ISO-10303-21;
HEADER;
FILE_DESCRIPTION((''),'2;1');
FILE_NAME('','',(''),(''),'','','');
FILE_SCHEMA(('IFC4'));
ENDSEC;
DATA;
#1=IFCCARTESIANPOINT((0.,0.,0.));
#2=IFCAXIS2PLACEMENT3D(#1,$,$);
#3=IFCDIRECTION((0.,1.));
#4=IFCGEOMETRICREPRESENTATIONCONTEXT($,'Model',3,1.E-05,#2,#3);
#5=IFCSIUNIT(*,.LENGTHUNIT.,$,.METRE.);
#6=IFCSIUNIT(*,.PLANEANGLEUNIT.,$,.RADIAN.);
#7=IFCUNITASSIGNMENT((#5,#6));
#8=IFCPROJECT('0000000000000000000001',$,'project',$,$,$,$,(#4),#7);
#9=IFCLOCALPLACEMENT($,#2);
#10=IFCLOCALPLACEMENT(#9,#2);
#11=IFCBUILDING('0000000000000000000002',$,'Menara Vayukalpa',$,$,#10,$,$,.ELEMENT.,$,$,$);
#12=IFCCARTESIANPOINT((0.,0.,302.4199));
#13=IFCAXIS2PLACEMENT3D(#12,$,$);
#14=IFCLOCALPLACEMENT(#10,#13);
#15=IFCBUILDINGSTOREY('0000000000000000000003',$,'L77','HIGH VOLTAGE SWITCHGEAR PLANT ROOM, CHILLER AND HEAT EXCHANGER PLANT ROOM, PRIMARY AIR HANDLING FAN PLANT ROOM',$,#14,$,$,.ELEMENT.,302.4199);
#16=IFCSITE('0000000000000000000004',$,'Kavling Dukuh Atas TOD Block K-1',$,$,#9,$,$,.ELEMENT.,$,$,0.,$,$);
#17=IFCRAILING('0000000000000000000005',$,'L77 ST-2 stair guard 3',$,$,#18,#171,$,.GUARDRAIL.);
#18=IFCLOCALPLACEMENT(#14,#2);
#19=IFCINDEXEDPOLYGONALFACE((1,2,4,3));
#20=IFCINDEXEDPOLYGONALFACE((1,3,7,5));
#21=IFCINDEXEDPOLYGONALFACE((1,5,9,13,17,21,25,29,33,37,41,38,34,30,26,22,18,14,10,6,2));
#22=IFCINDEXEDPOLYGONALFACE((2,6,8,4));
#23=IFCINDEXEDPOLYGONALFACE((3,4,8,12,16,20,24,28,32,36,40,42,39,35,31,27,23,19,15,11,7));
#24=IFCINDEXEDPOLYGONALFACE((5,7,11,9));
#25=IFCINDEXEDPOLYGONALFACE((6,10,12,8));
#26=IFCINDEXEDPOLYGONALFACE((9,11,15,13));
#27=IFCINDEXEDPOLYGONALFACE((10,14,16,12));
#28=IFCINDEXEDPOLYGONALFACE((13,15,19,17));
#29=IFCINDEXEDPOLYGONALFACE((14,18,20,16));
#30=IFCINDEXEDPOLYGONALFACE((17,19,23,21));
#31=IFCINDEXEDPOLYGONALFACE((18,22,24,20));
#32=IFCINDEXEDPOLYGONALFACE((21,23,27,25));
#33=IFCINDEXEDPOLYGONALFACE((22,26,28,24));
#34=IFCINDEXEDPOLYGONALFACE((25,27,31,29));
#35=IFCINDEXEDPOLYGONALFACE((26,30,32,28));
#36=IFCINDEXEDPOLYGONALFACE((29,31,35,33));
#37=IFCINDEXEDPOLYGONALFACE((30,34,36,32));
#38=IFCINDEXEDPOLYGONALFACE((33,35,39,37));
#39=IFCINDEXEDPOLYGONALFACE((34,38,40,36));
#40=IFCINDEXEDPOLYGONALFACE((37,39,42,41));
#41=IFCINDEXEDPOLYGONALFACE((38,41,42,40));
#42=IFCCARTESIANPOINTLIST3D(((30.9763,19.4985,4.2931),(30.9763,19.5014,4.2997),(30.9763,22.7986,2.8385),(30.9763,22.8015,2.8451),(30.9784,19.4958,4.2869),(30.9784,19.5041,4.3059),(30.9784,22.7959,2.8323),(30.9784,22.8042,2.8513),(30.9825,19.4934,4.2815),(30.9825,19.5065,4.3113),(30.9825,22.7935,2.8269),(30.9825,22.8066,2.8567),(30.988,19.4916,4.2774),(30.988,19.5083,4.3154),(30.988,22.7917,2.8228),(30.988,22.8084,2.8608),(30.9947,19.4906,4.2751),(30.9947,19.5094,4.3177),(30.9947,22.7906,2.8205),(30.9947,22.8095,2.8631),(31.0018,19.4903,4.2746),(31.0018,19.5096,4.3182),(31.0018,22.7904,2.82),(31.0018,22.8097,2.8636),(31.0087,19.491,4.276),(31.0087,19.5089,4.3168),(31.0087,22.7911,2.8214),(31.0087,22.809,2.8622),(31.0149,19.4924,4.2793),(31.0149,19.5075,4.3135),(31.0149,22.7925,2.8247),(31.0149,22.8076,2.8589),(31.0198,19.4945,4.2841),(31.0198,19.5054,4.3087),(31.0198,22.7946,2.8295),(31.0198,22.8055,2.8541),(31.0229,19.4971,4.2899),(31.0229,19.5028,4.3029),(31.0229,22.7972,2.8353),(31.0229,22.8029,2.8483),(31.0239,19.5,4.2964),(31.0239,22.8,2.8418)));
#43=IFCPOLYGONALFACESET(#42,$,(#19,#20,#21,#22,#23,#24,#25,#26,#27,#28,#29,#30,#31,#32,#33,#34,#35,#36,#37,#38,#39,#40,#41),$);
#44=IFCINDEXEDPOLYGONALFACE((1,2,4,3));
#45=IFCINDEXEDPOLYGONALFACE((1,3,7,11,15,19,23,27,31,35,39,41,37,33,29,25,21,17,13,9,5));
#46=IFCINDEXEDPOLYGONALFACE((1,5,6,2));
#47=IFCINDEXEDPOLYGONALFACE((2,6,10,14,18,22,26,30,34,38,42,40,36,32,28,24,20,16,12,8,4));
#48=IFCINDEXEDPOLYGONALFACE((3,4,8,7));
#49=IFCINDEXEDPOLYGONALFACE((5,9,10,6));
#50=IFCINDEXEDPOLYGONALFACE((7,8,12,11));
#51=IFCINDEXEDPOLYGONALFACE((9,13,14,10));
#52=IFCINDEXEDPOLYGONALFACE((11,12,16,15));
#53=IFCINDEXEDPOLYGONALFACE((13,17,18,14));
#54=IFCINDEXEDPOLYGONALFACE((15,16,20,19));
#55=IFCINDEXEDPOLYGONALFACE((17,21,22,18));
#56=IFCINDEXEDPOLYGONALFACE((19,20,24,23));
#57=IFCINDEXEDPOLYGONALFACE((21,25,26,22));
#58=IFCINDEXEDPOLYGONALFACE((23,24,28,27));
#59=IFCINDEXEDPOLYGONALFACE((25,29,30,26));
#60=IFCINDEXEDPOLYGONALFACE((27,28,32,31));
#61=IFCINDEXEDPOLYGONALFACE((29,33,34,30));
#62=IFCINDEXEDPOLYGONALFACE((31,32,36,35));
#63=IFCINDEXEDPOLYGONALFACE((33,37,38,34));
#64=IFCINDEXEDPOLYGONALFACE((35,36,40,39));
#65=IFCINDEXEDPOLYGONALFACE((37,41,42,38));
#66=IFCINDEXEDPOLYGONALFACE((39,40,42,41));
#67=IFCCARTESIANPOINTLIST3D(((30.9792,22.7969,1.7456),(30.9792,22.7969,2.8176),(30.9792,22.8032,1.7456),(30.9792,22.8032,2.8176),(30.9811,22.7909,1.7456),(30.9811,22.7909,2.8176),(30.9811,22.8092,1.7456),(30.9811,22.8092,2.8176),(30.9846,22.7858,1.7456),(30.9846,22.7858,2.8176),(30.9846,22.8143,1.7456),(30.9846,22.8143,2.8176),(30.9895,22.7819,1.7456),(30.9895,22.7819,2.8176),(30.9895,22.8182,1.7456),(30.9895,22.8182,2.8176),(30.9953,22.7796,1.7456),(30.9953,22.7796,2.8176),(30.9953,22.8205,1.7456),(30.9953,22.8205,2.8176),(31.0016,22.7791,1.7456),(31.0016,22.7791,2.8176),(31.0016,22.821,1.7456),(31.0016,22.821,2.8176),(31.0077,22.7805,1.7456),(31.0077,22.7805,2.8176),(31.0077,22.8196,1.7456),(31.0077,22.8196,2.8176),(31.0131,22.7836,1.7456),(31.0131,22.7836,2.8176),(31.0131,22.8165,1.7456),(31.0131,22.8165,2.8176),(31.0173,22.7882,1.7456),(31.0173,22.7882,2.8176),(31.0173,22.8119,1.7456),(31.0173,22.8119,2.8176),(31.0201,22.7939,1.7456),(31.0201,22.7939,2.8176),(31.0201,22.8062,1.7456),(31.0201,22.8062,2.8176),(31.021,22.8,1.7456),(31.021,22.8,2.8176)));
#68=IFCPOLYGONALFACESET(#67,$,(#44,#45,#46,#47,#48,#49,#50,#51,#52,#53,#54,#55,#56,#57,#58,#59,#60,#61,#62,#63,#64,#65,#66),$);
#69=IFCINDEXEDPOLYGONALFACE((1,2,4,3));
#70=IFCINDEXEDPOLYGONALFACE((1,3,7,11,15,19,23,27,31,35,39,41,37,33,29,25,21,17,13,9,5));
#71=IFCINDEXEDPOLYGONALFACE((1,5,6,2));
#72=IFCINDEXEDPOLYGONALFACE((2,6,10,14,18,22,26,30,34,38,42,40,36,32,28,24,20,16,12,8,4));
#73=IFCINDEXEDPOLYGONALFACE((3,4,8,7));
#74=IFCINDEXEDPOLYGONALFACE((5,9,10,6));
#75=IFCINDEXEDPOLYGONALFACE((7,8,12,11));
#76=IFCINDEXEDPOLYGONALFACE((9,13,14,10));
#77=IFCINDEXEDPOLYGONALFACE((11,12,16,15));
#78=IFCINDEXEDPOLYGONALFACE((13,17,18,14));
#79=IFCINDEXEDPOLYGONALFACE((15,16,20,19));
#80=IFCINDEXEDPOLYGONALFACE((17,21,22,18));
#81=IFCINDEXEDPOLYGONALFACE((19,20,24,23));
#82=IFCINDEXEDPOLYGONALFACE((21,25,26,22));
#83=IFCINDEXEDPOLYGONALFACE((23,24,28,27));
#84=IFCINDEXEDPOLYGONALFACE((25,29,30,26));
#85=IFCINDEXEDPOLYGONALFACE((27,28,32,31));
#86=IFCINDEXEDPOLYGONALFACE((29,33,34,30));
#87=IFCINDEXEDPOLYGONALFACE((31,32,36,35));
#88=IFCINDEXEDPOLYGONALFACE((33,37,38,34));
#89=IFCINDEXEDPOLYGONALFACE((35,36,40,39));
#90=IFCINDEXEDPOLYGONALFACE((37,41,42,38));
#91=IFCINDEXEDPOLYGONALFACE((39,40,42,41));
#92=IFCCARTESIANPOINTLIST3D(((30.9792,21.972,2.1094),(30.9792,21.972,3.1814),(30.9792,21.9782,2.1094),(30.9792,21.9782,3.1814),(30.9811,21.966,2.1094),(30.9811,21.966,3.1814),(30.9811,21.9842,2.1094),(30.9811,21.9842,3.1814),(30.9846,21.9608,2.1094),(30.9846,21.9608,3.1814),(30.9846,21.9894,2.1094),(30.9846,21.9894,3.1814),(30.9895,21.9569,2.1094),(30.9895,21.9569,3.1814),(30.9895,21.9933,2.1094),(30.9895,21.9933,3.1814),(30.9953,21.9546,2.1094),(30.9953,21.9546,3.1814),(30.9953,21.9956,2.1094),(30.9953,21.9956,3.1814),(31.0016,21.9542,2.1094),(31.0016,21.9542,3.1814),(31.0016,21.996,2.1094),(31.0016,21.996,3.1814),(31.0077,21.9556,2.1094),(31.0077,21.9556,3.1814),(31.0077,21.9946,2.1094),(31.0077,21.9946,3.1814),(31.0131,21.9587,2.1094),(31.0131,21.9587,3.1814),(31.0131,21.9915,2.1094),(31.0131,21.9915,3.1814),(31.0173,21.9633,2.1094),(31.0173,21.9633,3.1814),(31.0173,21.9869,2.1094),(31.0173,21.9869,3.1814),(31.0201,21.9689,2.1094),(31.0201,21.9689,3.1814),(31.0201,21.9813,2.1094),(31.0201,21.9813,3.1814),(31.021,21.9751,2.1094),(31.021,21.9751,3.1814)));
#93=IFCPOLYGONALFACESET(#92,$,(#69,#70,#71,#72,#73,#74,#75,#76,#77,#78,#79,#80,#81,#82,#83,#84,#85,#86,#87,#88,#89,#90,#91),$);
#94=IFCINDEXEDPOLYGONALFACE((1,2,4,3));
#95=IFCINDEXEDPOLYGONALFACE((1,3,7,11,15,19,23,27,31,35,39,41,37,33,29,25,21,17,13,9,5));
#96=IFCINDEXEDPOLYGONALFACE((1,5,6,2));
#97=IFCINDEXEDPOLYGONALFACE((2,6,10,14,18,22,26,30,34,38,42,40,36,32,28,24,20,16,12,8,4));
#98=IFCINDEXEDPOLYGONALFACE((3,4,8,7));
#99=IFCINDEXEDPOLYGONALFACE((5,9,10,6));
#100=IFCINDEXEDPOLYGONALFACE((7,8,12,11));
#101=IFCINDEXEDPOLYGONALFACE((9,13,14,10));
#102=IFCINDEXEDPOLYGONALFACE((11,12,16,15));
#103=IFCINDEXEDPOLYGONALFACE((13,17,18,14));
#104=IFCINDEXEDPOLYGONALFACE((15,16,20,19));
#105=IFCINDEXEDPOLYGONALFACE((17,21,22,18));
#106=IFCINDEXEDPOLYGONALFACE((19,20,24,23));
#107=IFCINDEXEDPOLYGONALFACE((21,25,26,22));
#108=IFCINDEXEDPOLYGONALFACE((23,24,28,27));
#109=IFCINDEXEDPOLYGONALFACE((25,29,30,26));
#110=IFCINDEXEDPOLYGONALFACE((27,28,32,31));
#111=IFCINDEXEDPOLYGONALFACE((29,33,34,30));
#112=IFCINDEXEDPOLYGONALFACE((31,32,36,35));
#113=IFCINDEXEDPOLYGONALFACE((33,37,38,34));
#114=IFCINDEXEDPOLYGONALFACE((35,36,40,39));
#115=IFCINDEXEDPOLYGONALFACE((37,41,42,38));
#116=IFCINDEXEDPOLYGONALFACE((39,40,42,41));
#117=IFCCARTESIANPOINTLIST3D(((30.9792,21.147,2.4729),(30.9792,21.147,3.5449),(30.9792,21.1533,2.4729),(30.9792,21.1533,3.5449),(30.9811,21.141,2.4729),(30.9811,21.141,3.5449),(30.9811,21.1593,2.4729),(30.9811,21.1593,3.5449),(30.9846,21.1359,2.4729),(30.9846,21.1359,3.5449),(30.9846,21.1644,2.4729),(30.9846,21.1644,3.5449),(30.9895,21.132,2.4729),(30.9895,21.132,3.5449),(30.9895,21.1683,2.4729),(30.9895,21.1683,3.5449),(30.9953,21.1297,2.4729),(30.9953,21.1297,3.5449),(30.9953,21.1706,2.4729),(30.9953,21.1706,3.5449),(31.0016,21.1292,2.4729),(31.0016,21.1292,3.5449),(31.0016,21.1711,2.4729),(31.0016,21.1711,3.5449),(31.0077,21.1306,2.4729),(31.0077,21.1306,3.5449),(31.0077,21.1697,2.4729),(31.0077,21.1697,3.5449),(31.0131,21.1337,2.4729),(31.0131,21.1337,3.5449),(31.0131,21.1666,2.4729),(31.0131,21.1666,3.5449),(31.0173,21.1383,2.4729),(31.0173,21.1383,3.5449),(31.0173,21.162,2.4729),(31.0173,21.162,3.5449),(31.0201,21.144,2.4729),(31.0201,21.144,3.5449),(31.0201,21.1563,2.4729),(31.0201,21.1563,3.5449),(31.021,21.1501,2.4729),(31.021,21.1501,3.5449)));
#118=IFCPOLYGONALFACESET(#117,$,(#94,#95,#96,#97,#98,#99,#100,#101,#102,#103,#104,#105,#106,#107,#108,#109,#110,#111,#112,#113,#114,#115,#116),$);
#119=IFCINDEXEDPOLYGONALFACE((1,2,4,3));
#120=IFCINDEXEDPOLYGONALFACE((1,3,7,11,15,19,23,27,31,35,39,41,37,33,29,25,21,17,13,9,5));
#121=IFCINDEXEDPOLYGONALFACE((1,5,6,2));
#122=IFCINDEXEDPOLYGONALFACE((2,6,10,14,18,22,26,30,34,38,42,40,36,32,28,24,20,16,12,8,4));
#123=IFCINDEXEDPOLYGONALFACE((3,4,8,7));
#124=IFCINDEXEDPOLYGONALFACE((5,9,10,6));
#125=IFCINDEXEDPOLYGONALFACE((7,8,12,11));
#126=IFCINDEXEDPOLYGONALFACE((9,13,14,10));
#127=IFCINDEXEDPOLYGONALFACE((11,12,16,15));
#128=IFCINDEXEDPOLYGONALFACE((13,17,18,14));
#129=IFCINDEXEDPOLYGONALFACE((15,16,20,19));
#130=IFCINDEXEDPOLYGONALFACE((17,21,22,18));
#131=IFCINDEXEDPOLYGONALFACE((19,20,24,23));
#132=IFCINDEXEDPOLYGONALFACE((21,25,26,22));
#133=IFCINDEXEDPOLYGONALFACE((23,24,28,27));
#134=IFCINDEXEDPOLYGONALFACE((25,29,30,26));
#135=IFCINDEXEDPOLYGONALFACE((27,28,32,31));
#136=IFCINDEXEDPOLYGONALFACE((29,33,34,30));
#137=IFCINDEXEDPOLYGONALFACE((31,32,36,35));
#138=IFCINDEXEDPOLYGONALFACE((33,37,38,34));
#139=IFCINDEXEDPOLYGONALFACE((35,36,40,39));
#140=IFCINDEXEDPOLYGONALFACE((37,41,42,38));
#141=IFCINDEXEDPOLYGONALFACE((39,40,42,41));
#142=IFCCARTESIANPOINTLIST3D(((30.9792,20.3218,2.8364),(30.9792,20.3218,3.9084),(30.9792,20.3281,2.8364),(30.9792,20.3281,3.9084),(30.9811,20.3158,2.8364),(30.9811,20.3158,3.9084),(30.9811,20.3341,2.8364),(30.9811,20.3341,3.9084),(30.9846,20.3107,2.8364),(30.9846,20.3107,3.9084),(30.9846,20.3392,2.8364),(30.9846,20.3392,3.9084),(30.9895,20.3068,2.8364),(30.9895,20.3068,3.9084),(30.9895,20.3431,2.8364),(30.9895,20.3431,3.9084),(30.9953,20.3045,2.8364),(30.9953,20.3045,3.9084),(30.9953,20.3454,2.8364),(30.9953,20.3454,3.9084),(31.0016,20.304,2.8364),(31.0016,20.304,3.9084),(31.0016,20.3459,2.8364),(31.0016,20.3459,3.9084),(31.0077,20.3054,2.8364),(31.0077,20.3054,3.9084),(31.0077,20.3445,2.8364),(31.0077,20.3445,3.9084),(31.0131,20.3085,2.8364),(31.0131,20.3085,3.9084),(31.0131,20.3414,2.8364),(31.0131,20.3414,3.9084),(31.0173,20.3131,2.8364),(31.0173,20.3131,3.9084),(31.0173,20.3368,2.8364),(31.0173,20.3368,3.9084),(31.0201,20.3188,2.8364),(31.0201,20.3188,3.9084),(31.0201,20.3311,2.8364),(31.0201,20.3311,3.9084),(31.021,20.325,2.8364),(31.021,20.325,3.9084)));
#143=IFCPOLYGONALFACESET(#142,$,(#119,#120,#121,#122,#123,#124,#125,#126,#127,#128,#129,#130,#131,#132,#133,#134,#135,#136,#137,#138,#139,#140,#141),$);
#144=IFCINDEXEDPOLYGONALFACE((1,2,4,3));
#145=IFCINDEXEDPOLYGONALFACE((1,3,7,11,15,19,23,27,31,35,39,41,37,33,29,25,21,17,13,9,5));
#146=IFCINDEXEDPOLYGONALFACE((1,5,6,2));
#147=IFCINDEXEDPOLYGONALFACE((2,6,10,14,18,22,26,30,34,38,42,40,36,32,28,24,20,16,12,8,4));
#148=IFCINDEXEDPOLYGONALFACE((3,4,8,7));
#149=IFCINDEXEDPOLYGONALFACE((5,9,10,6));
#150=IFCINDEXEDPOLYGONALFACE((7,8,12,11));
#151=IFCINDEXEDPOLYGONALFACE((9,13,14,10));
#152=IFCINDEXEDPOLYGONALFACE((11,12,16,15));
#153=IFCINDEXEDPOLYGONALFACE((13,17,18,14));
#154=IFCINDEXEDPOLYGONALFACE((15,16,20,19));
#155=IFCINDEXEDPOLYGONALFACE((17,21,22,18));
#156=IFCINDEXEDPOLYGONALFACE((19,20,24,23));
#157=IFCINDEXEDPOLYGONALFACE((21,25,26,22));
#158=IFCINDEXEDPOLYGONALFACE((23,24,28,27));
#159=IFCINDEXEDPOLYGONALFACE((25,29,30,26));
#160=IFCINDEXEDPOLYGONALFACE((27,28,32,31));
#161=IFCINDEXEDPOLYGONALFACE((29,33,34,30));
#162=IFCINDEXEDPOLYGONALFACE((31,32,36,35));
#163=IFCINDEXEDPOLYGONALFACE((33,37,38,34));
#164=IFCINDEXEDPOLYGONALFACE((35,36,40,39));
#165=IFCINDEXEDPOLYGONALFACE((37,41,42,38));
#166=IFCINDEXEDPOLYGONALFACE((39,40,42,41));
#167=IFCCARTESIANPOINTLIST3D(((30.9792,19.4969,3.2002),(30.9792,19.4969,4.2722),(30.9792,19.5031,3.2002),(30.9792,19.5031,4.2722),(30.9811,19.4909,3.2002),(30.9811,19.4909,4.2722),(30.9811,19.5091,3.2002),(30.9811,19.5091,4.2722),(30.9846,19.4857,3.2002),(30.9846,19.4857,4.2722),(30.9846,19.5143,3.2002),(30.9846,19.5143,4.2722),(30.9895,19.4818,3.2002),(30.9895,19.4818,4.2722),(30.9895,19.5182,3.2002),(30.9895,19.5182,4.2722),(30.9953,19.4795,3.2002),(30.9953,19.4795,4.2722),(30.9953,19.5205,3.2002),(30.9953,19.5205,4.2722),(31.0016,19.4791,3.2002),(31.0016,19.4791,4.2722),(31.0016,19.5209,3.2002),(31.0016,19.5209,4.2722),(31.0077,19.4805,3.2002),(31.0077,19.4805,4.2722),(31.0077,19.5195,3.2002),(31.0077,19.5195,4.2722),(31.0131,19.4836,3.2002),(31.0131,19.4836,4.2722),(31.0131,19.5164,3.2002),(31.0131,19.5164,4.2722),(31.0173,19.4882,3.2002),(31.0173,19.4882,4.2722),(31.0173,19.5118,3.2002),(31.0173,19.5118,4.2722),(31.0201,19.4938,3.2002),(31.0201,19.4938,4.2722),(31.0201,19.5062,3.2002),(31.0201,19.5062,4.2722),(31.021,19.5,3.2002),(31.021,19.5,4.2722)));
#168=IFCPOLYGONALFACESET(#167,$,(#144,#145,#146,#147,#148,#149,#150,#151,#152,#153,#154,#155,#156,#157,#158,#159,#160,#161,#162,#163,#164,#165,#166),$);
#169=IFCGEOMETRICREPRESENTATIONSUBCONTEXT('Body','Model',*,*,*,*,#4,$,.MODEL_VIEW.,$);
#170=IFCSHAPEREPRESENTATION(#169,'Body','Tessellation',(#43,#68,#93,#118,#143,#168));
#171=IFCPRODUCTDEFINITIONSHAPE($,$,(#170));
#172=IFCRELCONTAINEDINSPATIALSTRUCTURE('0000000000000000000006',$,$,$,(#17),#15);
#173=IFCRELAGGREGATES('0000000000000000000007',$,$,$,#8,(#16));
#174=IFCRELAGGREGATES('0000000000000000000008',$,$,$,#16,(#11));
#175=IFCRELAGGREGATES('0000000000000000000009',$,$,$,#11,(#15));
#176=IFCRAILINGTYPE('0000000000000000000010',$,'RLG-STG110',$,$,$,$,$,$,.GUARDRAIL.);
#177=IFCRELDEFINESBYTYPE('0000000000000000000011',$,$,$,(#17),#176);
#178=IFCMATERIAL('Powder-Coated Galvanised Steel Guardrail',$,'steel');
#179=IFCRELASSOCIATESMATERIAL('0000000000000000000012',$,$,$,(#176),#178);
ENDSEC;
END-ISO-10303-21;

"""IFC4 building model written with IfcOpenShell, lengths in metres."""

from ifc_helpers import new_model, si_unit, direction, frame, origin, origin_2d, place, context, subcontext, project, spatial, circle, extrude, material, type_object, element, save


model = new_model("IFC4")

# Units and contexts
model_context = context("Model", 3, precision=1e-05, world=origin(), true_north=direction((0.0, 1.0)))
body_context = subcontext(model_context, "Body", "Model", "MODEL_VIEW")
ifc_project = project(units=[si_unit("LENGTHUNIT", "METRE"), si_unit("PLANEANGLEUNIT", "RADIAN")], contexts=[model_context])

# Site, building, storey
site_placement = place(None, origin())
site = spatial("IfcSite", under=ifc_project, at=site_placement, Name="Kavling Dukuh Atas TOD Block K-1", CompositionType="ELEMENT", RefElevation=0.0)
building_placement = place(site_placement, origin())
building = spatial("IfcBuilding", under=site, at=building_placement, Name="Menara Vayukalpa", CompositionType="ELEMENT")
storey_placement = place(building_placement, frame((0.0, 0.0, 302.4199)))
storey = spatial("IfcBuildingStorey", under=building, at=storey_placement, Name="L77", Description="HIGH VOLTAGE SWITCHGEAR PLANT ROOM, CHILLER AND HEAT EXCHANGER PLANT ROOM, PRIMARY AIR HANDLING FAN PLANT ROOM", CompositionType="ELEMENT", Elevation=302.4199)

# Railing
ifc_material_1 = material(Name="Powder-Coated Galvanised Steel Guardrail", Category="steel")
railing_type_1 = type_object("IfcRailingType", Name="RLG-STG110", PredefinedType="GUARDRAIL", material=ifc_material_1)
railing_1_placement = place(storey_placement, frame((31.0, 22.8, 1.7456)))
element("IfcRailing", 1, at=railing_1_placement, inside=storey, type_object=railing_type_1, Name="L77 ST-2 stair guard 3", PredefinedType="GUARDRAIL", context=body_context, shape_type="SweptSolid", body=[
    extrude(circle(Radius=0.0239, at=origin_2d()), frame((0.0, 0.0, 1.0962), z_axis=(0.0, -0.915052, 0.403335), x_axis=(1.0, 0.0, 0.0)), (0.0, 0.0, 1.0), 3.6064),
    extrude(circle(Radius=0.021, at=origin_2d()), origin(), (0.0, 0.0, 1.0), 1.072),
    extrude(circle(Radius=0.021, at=origin_2d()), frame((0.0, -0.825, 0.3638)), (0.0, 0.0, 1.0), 1.072),
    extrude(circle(Radius=0.021, at=origin_2d()), frame((0.0, -1.6499, 0.7273)), (0.0, 0.0, 1.0), 1.072),
    extrude(circle(Radius=0.021, at=origin_2d()), frame((0.0, -2.4751, 1.0908)), (0.0, 0.0, 1.0), 1.072),
    extrude(circle(Radius=0.021, at=origin_2d()), frame((0.0, -3.3, 1.4546)), (0.0, 0.0, 1.0), 1.072),
])

save(model, "model.ifc")
